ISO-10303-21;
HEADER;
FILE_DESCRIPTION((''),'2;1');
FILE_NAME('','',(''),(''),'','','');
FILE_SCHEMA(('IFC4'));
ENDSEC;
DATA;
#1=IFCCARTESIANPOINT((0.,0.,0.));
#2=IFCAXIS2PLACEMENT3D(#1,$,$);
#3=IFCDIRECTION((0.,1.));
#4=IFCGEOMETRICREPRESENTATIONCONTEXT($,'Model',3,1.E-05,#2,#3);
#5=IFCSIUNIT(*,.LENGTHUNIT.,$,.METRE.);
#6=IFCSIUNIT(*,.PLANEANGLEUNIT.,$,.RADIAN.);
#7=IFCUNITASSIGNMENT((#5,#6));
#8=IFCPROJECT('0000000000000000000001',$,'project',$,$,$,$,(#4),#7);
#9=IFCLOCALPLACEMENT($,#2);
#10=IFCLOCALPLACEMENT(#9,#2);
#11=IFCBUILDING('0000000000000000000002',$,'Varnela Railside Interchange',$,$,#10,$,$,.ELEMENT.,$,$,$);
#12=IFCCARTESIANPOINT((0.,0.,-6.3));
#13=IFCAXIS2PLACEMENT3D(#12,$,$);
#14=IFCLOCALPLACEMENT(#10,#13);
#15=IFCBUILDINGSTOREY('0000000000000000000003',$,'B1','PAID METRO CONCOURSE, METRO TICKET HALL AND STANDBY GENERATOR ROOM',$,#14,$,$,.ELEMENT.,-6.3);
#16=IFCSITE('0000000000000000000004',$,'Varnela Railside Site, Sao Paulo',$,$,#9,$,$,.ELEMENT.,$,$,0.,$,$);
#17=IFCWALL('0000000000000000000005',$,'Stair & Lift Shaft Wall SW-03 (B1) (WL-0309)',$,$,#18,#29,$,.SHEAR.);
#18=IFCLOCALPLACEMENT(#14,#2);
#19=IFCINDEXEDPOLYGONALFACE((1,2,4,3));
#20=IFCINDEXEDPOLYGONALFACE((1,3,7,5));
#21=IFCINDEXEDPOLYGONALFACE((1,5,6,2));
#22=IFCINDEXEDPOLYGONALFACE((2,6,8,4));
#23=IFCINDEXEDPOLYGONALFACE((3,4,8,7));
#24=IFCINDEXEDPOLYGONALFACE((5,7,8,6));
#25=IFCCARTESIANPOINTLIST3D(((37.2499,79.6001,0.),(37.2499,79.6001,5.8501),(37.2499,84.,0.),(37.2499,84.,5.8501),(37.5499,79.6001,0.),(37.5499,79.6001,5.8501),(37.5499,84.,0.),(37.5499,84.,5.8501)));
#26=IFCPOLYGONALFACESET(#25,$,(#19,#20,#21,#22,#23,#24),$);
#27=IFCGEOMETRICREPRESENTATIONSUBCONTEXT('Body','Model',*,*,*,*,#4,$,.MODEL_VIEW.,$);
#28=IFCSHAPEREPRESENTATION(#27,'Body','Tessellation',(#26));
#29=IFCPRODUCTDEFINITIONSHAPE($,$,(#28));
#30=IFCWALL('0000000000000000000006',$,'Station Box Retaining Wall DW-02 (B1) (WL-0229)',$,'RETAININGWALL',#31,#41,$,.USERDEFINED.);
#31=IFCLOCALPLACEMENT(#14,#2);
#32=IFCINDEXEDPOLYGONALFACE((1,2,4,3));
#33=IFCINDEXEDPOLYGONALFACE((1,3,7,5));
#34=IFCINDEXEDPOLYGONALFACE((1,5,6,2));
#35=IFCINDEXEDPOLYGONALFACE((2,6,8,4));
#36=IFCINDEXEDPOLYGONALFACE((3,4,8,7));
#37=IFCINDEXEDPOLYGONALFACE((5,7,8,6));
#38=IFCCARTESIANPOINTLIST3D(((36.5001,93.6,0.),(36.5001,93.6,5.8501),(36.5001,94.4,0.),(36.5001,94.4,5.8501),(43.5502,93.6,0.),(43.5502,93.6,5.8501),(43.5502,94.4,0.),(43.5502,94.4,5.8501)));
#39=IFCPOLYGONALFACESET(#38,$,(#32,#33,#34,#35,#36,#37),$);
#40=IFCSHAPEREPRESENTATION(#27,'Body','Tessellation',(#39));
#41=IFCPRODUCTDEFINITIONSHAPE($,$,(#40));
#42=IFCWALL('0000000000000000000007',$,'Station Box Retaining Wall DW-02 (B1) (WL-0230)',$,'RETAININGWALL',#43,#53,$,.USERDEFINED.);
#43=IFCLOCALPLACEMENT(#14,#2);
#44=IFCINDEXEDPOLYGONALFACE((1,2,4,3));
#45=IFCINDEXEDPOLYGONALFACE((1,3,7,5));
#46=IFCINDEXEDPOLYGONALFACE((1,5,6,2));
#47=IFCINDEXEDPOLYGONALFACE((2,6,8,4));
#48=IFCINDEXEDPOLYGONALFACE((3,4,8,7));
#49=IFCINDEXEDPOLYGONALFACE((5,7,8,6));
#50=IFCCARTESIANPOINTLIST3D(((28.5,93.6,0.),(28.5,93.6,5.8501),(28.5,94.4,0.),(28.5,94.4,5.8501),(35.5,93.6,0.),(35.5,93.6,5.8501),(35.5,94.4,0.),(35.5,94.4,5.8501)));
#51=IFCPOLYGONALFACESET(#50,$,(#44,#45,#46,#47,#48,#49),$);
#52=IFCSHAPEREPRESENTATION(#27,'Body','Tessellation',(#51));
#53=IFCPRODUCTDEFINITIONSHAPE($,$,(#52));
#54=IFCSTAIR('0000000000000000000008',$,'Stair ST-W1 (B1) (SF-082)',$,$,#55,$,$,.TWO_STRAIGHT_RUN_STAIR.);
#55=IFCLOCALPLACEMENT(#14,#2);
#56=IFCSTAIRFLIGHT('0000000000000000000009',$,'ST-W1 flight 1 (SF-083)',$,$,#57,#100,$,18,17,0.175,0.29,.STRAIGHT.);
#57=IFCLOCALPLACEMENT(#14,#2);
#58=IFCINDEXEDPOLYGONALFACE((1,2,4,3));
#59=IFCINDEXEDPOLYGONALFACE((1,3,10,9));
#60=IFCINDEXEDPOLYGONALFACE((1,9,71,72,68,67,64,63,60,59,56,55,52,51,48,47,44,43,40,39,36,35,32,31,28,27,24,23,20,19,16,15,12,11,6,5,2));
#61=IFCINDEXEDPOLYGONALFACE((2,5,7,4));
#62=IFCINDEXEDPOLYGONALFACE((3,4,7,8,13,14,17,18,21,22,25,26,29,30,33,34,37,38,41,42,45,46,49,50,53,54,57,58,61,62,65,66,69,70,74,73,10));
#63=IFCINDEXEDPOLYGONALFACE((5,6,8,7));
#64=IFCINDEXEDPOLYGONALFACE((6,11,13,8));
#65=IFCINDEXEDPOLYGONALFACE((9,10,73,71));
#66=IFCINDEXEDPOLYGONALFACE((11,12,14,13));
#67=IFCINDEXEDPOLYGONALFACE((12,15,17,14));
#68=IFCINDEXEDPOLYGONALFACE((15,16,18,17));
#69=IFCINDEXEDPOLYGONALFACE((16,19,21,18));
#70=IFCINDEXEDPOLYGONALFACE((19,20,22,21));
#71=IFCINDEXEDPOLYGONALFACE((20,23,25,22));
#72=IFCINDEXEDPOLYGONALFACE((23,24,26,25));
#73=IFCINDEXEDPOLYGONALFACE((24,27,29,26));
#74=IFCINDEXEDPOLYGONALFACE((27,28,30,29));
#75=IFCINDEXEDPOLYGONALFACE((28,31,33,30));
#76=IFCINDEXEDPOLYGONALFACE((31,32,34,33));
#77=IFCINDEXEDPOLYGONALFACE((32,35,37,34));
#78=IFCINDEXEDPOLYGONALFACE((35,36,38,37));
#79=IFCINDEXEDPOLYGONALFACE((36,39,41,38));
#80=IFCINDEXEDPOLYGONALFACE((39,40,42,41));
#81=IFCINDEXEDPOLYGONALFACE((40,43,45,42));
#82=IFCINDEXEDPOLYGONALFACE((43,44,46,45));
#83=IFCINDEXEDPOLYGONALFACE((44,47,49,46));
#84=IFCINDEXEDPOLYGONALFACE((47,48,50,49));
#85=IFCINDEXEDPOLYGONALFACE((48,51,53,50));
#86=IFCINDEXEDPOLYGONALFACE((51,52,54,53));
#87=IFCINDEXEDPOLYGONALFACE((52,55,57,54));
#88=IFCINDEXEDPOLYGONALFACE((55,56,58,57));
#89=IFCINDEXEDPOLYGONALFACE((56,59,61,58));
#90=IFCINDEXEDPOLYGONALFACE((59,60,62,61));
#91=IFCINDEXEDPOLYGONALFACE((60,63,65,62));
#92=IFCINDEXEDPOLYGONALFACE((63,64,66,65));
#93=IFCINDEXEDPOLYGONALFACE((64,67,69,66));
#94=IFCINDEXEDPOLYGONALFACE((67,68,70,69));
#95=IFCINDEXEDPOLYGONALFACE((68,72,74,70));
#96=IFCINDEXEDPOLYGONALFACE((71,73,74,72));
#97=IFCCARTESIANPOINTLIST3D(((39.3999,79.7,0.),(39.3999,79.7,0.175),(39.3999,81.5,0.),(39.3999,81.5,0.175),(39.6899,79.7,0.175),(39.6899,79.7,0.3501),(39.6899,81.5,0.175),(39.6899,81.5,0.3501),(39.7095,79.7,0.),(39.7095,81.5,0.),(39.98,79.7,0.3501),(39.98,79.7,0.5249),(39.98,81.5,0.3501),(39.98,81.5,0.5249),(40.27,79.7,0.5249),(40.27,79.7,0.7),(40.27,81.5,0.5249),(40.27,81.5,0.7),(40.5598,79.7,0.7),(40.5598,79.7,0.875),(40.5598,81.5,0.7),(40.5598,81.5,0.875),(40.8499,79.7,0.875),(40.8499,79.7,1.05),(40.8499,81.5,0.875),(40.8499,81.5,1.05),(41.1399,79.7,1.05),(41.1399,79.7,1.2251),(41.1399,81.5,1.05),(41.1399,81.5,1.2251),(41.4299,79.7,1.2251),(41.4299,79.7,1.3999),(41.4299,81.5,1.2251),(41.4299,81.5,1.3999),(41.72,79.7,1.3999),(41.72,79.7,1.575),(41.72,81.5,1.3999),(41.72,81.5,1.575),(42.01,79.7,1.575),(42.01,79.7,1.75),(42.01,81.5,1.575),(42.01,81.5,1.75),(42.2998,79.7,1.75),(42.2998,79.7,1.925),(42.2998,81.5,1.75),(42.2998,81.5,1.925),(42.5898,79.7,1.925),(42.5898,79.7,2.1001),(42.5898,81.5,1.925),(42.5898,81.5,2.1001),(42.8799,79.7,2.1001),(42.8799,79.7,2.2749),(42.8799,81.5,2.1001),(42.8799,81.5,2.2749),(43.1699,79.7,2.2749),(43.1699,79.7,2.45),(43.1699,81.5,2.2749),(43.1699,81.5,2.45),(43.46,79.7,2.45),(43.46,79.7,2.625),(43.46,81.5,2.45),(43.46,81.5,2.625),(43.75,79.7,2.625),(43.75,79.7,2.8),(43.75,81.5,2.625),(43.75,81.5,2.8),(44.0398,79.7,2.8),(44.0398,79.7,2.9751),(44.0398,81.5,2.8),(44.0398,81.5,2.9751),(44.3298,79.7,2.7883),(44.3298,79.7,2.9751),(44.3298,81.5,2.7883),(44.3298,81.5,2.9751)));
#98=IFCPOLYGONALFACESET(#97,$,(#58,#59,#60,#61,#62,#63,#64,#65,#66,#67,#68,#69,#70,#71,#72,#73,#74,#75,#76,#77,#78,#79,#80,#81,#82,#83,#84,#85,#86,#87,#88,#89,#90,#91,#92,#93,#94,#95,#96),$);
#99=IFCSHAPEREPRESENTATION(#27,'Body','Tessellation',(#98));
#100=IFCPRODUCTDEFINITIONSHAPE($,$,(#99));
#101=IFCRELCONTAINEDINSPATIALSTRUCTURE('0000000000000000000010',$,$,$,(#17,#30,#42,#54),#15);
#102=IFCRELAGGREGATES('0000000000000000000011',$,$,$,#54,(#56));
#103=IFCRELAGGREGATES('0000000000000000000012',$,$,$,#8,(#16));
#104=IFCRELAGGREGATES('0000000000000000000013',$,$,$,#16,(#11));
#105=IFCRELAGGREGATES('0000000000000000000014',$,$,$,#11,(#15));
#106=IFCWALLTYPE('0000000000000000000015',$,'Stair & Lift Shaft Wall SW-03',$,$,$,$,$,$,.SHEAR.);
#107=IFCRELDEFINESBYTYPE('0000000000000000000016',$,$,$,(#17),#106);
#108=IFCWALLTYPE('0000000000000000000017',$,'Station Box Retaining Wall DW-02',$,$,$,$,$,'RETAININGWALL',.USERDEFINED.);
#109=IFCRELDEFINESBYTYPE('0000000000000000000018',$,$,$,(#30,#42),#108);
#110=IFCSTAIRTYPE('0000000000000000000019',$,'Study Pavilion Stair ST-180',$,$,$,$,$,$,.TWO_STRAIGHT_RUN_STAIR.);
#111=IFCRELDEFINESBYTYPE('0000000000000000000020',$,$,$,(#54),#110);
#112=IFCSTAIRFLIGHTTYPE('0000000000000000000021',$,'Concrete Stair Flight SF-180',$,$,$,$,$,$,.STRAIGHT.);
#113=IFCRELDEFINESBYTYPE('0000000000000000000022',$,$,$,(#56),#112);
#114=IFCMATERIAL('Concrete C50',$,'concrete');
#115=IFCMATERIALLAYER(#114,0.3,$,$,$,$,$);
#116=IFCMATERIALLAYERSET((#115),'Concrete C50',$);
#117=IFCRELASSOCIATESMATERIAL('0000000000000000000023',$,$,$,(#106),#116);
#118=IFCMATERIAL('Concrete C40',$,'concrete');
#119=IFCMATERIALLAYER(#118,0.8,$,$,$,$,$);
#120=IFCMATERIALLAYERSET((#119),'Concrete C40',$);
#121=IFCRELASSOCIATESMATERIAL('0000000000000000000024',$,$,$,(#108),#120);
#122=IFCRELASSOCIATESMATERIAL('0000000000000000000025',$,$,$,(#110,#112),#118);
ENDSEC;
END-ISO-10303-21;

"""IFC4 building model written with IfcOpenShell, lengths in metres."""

from ifc_helpers import new_model, si_unit, direction, frame, frame_2d, origin, place, context, subcontext, project, spatial, polyline, rectangle, outline, extrude, material, layer, layer_set, type_object, element, aggregate, save


model = new_model("IFC4")

# Units and contexts
model_context = context("Model", 3, precision=1e-05, world=origin(), true_north=direction((0.0, 1.0)))
body_context = subcontext(model_context, "Body", "Model", "MODEL_VIEW")
ifc_project = project(units=[si_unit("LENGTHUNIT", "METRE"), si_unit("PLANEANGLEUNIT", "RADIAN")], contexts=[model_context])

# Site, building, storey
site_placement = place(None, origin())
site = spatial("IfcSite", under=ifc_project, at=site_placement, Name="Varnela Railside Site, Sao Paulo", CompositionType="ELEMENT", RefElevation=0.0)
building_placement = place(site_placement, origin())
building = spatial("IfcBuilding", under=site, at=building_placement, Name="Varnela Railside Interchange", CompositionType="ELEMENT")
storey_placement = place(building_placement, frame((0.0, 0.0, -6.3)))
storey = spatial("IfcBuildingStorey", under=building, at=storey_placement, Name="B1", Description="PAID METRO CONCOURSE, METRO TICKET HALL AND STANDBY GENERATOR ROOM", CompositionType="ELEMENT", Elevation=-6.3)

# Shared definitions
ifc_material_1 = material(Name="Concrete C50", Category="concrete")

# Shared definitions
ifc_material_2 = material(Name="Concrete C40", Category="concrete")

# Shared definitions
ifc_layer_1 = layer(ifc_material_1, 0.3)
ifc_layer_set_1 = layer_set([ifc_layer_1], Name="Concrete C50")
wall_type_1 = type_object("IfcWallType", Name="Stair & Lift Shaft Wall SW-03", PredefinedType="SHEAR", material=ifc_layer_set_1)

# Walls
wall_1_placement = place(storey_placement, frame((37.3999, 79.6001, 0.0), z_axis=(0.0, 0.0, 1.0), x_axis=(0.0, 1.0, 0.0)))
element("IfcWall", 1, at=wall_1_placement, inside=storey, type_object=wall_type_1, Name="Stair & Lift Shaft Wall SW-03 (B1) (WL-0309)", PredefinedType="SHEAR", context=body_context, shape_type="SweptSolid", body=[
    extrude(rectangle(XDim=4.3999, YDim=0.3, at=frame_2d((2.2, 0.0))), origin(), (0.0, 0.0, 1.0), 5.8501),
])
ifc_layer_2 = layer(ifc_material_2, 0.8)
ifc_layer_set_2 = layer_set([ifc_layer_2], Name="Concrete C40")
wall_type_2 = type_object("IfcWallType", Name="Station Box Retaining Wall DW-02", ElementType="RETAININGWALL", PredefinedType="USERDEFINED", material=ifc_layer_set_2)
wall_2_placement = place(storey_placement, frame((43.55, 94.0, 0.0), z_axis=(0.0, 0.0, 1.0), x_axis=(-1.0, 0.0, 0.0)))
element("IfcWall", 2, at=wall_2_placement, inside=storey, type_object=wall_type_2, Name="Station Box Retaining Wall DW-02 (B1) (WL-0229)", ObjectType="RETAININGWALL", PredefinedType="USERDEFINED", context=body_context, shape_type="SweptSolid", body=[
    extrude(rectangle(XDim=7.05, YDim=0.8, at=frame_2d((3.5249, 0.0))), origin(), (0.0, 0.0, 1.0), 5.8501),
])
wall_3_placement = place(storey_placement, frame((35.5, 94.0, 0.0), z_axis=(0.0, 0.0, 1.0), x_axis=(-1.0, 0.0, 0.0)))
element("IfcWall", 3, at=wall_3_placement, inside=storey, type_object=wall_type_2, Name="Station Box Retaining Wall DW-02 (B1) (WL-0230)", ObjectType="RETAININGWALL", PredefinedType="USERDEFINED", context=body_context, shape_type="SweptSolid", body=[
    extrude(rectangle(XDim=7.0, YDim=0.8, at=frame_2d((3.5, 0.0))), origin(), (0.0, 0.0, 1.0), 5.8501),
])

# Stair, stair flight
stair_type = type_object("IfcStairType", Name="Study Pavilion Stair ST-180", PredefinedType="TWO_STRAIGHT_RUN_STAIR", material=ifc_material_2)
stair_placement = place(storey_placement, origin())
stair = element("IfcStair", 4, at=stair_placement, inside=storey, type_object=stair_type, Name="Stair ST-W1 (B1) (SF-082)", PredefinedType="TWO_STRAIGHT_RUN_STAIR")
stair_flight_type = type_object("IfcStairFlightType", Name="Concrete Stair Flight SF-180", PredefinedType="STRAIGHT", material=ifc_material_2)
stair_flight_placement = place(storey_placement, frame((39.3999, 80.6001, 0.0), z_axis=(0.0, 0.0, 1.0), x_axis=(1.0, 0.0, 0.0)))
stair_flight = element("IfcStairFlight", 5, at=stair_flight_placement, type_object=stair_flight_type, Name="ST-W1 flight 1 (SF-083)", NumberOfRisers=18, NumberOfTreads=17, PredefinedType="STRAIGHT", RiserHeight=0.175, TreadLength=0.29, context=body_context, shape_type="SweptSolid", body=[
    extrude(outline(polyline([(0.0, 0.0), (0.0, 0.175), (0.29, 0.175), (0.29, 0.3501), (0.5801, 0.3501), (0.5801, 0.5249), (0.8701, 0.5249), (0.8701, 0.7), (1.1599, 0.7), (1.1599, 0.875), (1.45, 0.875), (1.45, 1.05), (1.74, 1.05), (1.74, 1.2251), (2.03, 1.2251), (2.03, 1.3999), (2.3201, 1.3999), (2.3201, 1.575), (2.6101, 1.575), (2.6101, 1.75), (2.8999, 1.75), (2.8999, 1.925), (3.1899, 1.925), (3.1899, 2.1001), (3.48, 2.1001), (3.48, 2.2749), (3.77, 2.2749), (3.77, 2.45), (4.0601, 2.45), (4.0601, 2.625), (4.3501, 2.625), (4.3501, 2.8), (4.6399, 2.8), (4.6399, 2.9751), (4.9299, 2.9751), (4.9299, 3.1499), (4.9299, 2.7883), (0.3096, 0.0), (0.0, 0.0)])), frame((0.0, 0.8999, 0.0), z_axis=(0.0, -1.0, 0.0), x_axis=(1.0, 0.0, 0.0)), (0.0, 0.0, 1.0), 1.8),
])
aggregate(stair, [stair_flight])

save(model, "model.ifc")
